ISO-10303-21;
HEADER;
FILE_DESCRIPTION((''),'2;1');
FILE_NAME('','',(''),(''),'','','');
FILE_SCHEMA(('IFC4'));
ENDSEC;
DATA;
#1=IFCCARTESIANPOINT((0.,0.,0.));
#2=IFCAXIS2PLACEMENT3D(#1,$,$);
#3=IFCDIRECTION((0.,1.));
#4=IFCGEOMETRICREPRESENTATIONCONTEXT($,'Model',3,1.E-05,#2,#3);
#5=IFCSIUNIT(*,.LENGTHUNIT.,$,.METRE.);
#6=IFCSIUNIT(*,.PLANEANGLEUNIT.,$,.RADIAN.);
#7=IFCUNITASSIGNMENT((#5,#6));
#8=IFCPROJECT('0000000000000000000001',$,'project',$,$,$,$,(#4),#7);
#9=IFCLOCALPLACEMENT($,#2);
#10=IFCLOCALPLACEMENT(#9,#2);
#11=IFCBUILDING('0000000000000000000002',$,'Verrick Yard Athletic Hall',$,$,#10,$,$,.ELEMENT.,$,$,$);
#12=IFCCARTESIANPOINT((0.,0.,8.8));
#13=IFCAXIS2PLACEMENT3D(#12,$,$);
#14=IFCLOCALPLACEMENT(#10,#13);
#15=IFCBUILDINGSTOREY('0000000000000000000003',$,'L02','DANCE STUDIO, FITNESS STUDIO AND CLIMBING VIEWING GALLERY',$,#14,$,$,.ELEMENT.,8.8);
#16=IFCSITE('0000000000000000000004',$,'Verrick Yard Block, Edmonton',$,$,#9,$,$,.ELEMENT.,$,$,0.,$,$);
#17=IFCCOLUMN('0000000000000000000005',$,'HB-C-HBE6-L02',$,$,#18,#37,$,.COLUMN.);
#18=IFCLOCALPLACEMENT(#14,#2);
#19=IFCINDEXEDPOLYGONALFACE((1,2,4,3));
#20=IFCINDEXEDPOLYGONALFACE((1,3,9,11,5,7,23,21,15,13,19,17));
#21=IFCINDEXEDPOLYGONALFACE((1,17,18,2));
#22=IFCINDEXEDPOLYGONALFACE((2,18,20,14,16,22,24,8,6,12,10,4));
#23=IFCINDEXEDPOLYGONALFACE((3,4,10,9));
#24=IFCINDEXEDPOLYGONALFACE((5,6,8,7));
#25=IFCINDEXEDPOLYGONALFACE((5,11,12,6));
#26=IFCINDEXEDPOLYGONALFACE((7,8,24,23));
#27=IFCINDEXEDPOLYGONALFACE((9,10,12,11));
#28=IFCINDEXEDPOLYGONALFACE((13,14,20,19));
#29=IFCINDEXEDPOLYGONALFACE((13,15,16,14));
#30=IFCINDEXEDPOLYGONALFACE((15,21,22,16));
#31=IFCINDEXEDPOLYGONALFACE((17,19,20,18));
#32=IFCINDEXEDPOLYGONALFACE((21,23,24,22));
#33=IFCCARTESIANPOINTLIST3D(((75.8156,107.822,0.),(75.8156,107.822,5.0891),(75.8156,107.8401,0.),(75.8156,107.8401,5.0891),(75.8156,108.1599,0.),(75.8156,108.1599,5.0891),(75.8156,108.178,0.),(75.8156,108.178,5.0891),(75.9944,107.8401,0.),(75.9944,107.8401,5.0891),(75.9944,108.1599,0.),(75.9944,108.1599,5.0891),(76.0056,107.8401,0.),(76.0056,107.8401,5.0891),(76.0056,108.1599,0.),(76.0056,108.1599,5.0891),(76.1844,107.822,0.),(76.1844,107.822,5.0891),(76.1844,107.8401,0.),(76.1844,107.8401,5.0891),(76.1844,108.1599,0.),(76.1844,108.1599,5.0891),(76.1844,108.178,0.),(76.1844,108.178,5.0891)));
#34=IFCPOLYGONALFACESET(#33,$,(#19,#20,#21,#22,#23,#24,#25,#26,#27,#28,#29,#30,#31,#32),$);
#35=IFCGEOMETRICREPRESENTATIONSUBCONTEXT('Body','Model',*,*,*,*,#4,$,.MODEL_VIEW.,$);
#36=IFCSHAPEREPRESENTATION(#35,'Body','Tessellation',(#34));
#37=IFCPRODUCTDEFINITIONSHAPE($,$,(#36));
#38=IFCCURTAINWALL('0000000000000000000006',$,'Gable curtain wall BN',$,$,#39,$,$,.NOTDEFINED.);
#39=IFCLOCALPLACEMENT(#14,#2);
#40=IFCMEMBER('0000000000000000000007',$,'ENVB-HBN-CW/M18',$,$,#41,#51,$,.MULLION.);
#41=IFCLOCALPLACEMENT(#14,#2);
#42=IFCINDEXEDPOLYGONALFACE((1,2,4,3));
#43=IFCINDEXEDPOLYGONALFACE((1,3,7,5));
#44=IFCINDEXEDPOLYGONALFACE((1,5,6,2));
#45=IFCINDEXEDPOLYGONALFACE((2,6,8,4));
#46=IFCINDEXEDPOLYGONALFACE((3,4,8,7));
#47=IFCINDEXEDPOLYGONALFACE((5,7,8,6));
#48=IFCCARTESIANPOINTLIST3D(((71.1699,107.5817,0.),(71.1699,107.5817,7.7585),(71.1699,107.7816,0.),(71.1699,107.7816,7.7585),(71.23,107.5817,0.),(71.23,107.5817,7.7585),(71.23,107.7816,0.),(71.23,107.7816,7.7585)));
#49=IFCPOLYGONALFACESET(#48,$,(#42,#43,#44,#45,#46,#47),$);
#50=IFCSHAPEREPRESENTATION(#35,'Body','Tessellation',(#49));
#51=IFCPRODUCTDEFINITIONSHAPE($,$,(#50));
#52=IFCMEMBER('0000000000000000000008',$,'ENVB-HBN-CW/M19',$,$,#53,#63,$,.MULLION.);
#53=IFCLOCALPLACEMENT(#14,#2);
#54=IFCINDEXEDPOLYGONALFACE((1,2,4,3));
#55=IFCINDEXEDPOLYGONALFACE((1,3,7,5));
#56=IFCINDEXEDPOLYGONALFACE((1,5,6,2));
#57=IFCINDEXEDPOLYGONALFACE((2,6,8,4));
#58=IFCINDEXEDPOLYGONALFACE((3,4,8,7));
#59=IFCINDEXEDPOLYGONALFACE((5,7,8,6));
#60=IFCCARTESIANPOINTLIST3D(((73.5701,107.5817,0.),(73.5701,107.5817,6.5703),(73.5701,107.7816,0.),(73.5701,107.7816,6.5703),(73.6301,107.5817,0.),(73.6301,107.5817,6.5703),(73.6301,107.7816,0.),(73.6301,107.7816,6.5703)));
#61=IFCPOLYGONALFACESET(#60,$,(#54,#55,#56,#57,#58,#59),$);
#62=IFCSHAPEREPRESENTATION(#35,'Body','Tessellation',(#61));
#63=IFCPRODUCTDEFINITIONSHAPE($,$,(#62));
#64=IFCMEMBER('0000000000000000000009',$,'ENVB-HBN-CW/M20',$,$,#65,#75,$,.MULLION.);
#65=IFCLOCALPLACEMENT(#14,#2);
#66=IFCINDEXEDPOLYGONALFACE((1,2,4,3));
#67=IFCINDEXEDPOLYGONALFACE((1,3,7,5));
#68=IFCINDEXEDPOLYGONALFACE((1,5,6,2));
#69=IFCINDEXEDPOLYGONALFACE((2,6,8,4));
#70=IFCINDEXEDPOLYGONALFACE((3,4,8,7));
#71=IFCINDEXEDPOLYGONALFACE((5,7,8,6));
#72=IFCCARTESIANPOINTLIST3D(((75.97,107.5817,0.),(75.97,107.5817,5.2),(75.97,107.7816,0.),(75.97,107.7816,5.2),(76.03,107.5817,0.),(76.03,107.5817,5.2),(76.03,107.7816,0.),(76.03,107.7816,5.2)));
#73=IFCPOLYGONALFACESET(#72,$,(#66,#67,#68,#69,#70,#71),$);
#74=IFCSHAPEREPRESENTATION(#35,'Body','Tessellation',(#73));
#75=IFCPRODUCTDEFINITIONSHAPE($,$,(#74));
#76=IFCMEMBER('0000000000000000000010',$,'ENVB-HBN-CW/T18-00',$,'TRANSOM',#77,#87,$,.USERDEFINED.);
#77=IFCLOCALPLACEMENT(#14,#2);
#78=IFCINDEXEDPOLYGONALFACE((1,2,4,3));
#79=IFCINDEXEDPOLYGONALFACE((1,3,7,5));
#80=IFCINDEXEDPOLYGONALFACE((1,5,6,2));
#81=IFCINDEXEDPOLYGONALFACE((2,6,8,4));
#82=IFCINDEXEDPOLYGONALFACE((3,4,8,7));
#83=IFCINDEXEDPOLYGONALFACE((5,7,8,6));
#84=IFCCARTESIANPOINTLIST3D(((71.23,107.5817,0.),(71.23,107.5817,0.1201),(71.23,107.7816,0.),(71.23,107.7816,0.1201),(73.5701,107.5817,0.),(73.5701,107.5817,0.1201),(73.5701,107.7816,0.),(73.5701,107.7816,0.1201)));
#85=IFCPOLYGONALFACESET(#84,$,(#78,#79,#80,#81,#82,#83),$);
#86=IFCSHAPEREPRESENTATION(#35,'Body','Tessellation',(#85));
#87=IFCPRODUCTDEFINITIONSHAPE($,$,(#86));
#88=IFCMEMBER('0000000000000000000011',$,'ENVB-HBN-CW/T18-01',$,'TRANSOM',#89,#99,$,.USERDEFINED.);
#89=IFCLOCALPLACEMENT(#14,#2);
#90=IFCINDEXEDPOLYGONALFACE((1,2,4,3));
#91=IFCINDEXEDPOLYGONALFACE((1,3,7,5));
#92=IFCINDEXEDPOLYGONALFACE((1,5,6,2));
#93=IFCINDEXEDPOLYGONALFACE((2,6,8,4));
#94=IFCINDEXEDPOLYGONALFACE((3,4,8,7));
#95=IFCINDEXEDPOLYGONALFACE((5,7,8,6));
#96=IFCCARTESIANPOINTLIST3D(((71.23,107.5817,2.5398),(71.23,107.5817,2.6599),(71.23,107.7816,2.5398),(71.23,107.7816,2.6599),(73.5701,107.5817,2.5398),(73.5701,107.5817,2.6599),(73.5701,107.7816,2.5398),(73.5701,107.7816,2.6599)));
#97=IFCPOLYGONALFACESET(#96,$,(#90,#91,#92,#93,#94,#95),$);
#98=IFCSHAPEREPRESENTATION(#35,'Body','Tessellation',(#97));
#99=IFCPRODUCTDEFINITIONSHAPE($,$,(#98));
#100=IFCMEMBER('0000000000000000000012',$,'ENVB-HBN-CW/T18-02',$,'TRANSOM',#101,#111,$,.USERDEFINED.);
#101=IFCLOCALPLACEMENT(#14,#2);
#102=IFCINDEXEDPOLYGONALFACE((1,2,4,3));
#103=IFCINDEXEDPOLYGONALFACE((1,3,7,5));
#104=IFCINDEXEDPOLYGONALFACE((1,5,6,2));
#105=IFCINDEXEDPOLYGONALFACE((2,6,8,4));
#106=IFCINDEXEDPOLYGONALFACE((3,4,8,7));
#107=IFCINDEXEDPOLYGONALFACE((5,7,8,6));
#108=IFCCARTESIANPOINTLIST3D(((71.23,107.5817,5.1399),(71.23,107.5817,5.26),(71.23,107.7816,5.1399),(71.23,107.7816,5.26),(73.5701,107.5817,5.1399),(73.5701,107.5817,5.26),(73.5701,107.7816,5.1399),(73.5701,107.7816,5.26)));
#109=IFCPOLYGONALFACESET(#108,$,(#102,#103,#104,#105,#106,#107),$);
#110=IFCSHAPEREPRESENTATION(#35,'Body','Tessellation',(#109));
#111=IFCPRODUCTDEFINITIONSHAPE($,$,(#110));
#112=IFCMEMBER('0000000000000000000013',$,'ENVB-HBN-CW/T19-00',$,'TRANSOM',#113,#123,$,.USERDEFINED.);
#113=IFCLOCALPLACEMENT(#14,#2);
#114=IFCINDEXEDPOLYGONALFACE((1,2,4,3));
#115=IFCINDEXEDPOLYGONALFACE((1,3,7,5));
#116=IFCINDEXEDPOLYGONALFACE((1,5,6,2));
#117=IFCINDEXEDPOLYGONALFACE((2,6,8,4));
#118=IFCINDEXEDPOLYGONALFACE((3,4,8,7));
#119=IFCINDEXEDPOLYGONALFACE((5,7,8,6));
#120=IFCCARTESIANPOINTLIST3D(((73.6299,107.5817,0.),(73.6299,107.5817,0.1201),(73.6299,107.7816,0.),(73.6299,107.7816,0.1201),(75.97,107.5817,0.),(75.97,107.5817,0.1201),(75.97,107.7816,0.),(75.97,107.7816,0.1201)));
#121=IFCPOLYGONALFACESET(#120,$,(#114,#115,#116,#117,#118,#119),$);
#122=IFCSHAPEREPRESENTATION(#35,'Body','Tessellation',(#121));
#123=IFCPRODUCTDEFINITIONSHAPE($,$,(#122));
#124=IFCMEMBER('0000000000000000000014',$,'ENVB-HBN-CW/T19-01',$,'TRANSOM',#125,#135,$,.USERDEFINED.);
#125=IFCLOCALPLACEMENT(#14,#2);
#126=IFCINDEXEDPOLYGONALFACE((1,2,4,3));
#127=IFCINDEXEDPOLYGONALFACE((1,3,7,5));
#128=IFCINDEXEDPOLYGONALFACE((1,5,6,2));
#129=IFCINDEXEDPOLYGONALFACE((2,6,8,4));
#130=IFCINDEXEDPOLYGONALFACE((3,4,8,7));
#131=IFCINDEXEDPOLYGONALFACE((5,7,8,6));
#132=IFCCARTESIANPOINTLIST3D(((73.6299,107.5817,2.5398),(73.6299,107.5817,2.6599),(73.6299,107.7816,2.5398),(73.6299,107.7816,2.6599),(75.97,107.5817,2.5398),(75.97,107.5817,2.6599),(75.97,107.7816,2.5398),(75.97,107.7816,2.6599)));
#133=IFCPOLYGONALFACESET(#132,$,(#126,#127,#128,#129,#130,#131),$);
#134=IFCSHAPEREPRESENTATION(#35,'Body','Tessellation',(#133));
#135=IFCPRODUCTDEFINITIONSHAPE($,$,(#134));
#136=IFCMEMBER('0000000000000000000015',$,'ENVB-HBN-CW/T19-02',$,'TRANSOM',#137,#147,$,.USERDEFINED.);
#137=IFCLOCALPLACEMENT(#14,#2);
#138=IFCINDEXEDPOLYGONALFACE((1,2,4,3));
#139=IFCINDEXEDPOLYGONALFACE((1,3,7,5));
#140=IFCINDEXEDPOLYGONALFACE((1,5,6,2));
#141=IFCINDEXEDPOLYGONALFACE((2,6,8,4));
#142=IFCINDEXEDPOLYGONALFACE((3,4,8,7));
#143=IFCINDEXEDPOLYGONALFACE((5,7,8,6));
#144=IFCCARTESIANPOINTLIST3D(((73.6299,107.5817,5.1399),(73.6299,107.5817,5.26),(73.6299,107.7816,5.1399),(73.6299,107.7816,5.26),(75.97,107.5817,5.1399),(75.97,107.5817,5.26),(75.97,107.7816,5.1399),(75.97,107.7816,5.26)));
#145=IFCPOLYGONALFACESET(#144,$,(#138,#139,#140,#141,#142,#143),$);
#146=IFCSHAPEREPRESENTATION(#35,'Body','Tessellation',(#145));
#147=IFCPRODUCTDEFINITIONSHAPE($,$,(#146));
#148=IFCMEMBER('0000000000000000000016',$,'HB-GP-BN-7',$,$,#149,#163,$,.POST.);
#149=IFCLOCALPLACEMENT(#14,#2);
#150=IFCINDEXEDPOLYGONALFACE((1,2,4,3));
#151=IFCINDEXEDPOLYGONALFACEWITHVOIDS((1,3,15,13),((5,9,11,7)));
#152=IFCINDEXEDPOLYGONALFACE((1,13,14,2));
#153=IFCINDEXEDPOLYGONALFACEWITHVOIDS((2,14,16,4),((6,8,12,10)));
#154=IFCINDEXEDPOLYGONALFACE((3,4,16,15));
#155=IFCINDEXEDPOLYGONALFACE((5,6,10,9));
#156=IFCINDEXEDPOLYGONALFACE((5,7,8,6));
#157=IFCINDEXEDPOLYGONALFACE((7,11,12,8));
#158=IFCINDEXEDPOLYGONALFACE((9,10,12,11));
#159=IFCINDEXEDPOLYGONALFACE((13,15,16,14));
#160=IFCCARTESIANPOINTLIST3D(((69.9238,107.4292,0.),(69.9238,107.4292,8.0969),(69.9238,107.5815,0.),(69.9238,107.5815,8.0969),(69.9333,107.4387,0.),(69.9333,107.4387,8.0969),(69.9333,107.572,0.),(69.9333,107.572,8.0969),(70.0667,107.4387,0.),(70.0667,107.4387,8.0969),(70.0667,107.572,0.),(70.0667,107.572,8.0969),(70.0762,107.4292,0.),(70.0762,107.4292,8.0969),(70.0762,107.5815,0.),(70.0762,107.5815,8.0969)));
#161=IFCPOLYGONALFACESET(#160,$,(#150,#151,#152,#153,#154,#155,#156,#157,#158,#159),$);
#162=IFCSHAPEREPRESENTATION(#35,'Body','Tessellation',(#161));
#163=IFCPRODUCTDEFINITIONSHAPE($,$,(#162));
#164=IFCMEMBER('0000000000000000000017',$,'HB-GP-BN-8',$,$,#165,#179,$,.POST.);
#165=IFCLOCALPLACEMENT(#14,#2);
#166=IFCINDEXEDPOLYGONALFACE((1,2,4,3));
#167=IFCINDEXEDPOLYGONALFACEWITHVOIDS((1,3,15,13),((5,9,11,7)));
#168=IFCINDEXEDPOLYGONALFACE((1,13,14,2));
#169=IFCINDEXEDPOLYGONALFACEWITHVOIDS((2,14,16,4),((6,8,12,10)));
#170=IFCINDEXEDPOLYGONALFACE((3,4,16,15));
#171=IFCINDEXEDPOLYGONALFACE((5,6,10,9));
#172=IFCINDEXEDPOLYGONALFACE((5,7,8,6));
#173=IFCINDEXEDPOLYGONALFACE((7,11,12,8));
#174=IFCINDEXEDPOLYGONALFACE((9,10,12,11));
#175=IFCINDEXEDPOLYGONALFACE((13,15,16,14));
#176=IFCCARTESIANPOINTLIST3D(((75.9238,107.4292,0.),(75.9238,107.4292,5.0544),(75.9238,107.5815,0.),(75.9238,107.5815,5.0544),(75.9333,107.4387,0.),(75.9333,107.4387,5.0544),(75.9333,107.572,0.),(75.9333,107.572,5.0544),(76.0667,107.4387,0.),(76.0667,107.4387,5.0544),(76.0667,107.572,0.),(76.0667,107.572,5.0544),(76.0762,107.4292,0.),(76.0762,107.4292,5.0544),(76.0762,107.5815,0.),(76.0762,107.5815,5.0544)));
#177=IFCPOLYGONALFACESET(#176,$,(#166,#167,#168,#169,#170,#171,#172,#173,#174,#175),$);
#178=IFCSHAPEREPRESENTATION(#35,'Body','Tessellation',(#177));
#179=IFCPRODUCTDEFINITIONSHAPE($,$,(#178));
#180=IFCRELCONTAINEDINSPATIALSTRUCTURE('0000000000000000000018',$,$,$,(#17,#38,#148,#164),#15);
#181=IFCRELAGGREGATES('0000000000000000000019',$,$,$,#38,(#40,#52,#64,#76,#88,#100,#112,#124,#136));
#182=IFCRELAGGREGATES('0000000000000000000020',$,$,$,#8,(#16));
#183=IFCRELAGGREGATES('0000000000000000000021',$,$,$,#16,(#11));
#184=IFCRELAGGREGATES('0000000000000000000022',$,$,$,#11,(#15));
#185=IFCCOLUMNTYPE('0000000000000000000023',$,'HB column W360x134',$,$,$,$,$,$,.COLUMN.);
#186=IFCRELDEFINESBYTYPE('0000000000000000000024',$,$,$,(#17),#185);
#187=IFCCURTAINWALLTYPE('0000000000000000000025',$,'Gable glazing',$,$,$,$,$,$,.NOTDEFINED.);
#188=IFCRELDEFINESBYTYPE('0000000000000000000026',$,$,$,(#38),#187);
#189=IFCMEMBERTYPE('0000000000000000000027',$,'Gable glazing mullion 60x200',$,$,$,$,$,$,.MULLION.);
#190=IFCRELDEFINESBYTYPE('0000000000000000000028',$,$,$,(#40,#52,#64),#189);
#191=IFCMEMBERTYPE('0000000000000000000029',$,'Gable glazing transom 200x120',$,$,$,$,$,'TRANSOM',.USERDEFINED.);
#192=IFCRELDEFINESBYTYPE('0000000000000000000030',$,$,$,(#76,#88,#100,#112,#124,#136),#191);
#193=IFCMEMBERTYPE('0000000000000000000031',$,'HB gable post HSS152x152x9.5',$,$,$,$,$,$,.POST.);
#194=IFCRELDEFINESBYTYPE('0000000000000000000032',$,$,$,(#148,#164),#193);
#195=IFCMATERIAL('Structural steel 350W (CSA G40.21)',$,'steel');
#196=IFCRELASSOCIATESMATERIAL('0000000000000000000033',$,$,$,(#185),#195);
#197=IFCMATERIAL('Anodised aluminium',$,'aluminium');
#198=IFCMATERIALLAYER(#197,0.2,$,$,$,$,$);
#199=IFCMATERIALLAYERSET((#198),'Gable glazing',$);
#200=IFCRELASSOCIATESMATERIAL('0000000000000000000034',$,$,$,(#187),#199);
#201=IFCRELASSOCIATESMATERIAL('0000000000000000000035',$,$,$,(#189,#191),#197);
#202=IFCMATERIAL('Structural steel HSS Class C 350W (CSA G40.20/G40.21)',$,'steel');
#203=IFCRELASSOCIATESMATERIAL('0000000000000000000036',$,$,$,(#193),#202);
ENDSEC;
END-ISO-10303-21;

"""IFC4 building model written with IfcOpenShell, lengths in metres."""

from ifc_helpers import new_model, si_unit, direction, frame, origin, origin_2d, place, context, subcontext, project, spatial, rectangle, hollow_rectangle, i_section, extrude, material, layer, layer_set, material_profile, profile_set, type_object, element, aggregate, save


model = new_model("IFC4")

# Units and contexts
model_context = context("Model", 3, precision=1e-05, world=origin(), true_north=direction((0.0, 1.0)))
body_context = subcontext(model_context, "Body", "Model", "MODEL_VIEW")
ifc_project = project(units=[si_unit("LENGTHUNIT", "METRE"), si_unit("PLANEANGLEUNIT", "RADIAN")], contexts=[model_context])

# Site, building, storey
site_placement = place(None, origin())
site = spatial("IfcSite", under=ifc_project, at=site_placement, Name="Verrick Yard Block, Edmonton", CompositionType="ELEMENT", RefElevation=0.0)
building_placement = place(site_placement, origin())
building = spatial("IfcBuilding", under=site, at=building_placement, Name="Verrick Yard Athletic Hall", CompositionType="ELEMENT")
storey_placement = place(building_placement, frame((0.0, 0.0, 8.8)))
storey = spatial("IfcBuildingStorey", under=building, at=storey_placement, Name="L02", Description="DANCE STUDIO, FITNESS STUDIO AND CLIMBING VIEWING GALLERY", CompositionType="ELEMENT", Elevation=8.8)

# Column
ifc_material_1 = material(Name="Structural steel 350W (CSA G40.21)", Category="steel")
ifc_material_profile_1 = material_profile(ifc_material_1, i_section(OverallWidth=0.3689, OverallDepth=0.356, WebThickness=0.0112, FlangeThickness=0.0181, at=origin_2d()), Name="W360x134")
ifc_profile_set_1 = profile_set([ifc_material_profile_1], Name="Structural steel 350W (CSA G40.21)")
column_type = type_object("IfcColumnType", Name="HB column W360x134", PredefinedType="COLUMN", material=ifc_profile_set_1)
column_placement = place(storey_placement, frame((76.0, 108.0, 0.0), z_axis=(0.0, 0.0, 1.0), x_axis=(1.0, 0.0, 0.0)))
element("IfcColumn", 1, at=column_placement, inside=storey, type_object=column_type, Name="HB-C-HBE6-L02", PredefinedType="COLUMN", context=body_context, shape_type="SweptSolid", body=[
    extrude(i_section(OverallWidth=0.3689, OverallDepth=0.356, WebThickness=0.0112, FlangeThickness=0.0181, at=origin_2d()), origin(), (0.0, 0.0, 1.0), 5.0891),
])

# Curtain wall, members
ifc_material_2 = material(Name="Anodised aluminium", Category="aluminium")
ifc_layer_1 = layer(ifc_material_2, 0.2)
ifc_layer_set_1 = layer_set([ifc_layer_1], Name="Gable glazing")
curtain_wall_type = type_object("IfcCurtainWallType", Name="Gable glazing", PredefinedType="NOTDEFINED", material=ifc_layer_set_1)
curtain_wall_placement = place(storey_placement, origin())
curtain_wall = element("IfcCurtainWall", 2, at=curtain_wall_placement, inside=storey, type_object=curtain_wall_type, Name="Gable curtain wall BN", PredefinedType="NOTDEFINED")
ifc_material_profile_2 = material_profile(ifc_material_2, rectangle(XDim=0.2, YDim=0.0601, at=origin_2d()), Name="CW gable mullion 60x200")
ifc_profile_set_2 = profile_set([ifc_material_profile_2], Name="Anodised aluminium")
member_type_1 = type_object("IfcMemberType", Name="Gable glazing mullion 60x200", PredefinedType="MULLION", material=ifc_profile_set_2)
member_1_placement = place(storey_placement, frame((71.2, 107.6816, 0.0), z_axis=(0.0, 0.0, 1.0), x_axis=(0.0, 1.0, 0.0)))
member_1 = element("IfcMember", 3, at=member_1_placement, type_object=member_type_1, Name="ENVB-HBN-CW/M18", PredefinedType="MULLION", context=body_context, shape_type="SweptSolid", body=[
    extrude(rectangle(XDim=0.2, YDim=0.0601, at=origin_2d()), origin(), (0.0, 0.0, 1.0), 7.7585),
])
member_2_placement = place(storey_placement, frame((73.6001, 107.6816, 0.0), z_axis=(0.0, 0.0, 1.0), x_axis=(0.0, 1.0, 0.0)))
member_2 = element("IfcMember", 4, at=member_2_placement, type_object=member_type_1, Name="ENVB-HBN-CW/M19", PredefinedType="MULLION", context=body_context, shape_type="SweptSolid", body=[
    extrude(rectangle(XDim=0.2, YDim=0.0601, at=origin_2d()), origin(), (0.0, 0.0, 1.0), 6.5703),
])
member_3_placement = place(storey_placement, frame((76.0, 107.6816, 0.0), z_axis=(0.0, 0.0, 1.0), x_axis=(0.0, 1.0, 0.0)))
member_3 = element("IfcMember", 5, at=member_3_placement, type_object=member_type_1, Name="ENVB-HBN-CW/M20", PredefinedType="MULLION", context=body_context, shape_type="SweptSolid", body=[
    extrude(rectangle(XDim=0.2, YDim=0.0601, at=origin_2d()), origin(), (0.0, 0.0, 1.0), 5.2),
])
ifc_material_profile_3 = material_profile(ifc_material_2, rectangle(XDim=0.2, YDim=0.1201, at=origin_2d()), Name="CW gable transom 200x120")
ifc_profile_set_3 = profile_set([ifc_material_profile_3], Name="Anodised aluminium")
member_type_2 = type_object("IfcMemberType", Name="Gable glazing transom 200x120", ElementType="TRANSOM", PredefinedType="USERDEFINED", material=ifc_profile_set_3)
member_4_placement = place(storey_placement, frame((71.23, 107.6816, 0.0601), z_axis=(1.0, 0.0, 0.0), x_axis=(0.0, 1.0, 0.0)))
member_4 = element("IfcMember", 6, at=member_4_placement, type_object=member_type_2, Name="ENVB-HBN-CW/T18-00", ObjectType="TRANSOM", PredefinedType="USERDEFINED", context=body_context, shape_type="SweptSolid", body=[
    extrude(rectangle(XDim=0.2, YDim=0.1201, at=origin_2d()), origin(), (0.0, 0.0, 1.0), 2.3401),
])
member_5_placement = place(storey_placement, frame((71.23, 107.6816, 2.5999), z_axis=(1.0, 0.0, 0.0), x_axis=(0.0, 1.0, 0.0)))
member_5 = element("IfcMember", 7, at=member_5_placement, type_object=member_type_2, Name="ENVB-HBN-CW/T18-01", ObjectType="TRANSOM", PredefinedType="USERDEFINED", context=body_context, shape_type="SweptSolid", body=[
    extrude(rectangle(XDim=0.2, YDim=0.1201, at=origin_2d()), origin(), (0.0, 0.0, 1.0), 2.3401),
])
member_6_placement = place(storey_placement, frame((71.23, 107.6816, 5.2), z_axis=(1.0, 0.0, 0.0), x_axis=(0.0, 1.0, 0.0)))
member_6 = element("IfcMember", 8, at=member_6_placement, type_object=member_type_2, Name="ENVB-HBN-CW/T18-02", ObjectType="TRANSOM", PredefinedType="USERDEFINED", context=body_context, shape_type="SweptSolid", body=[
    extrude(rectangle(XDim=0.2, YDim=0.1201, at=origin_2d()), origin(), (0.0, 0.0, 1.0), 2.3401),
])
member_7_placement = place(storey_placement, frame((73.6299, 107.6816, 0.0601), z_axis=(1.0, 0.0, 0.0), x_axis=(0.0, 1.0, 0.0)))
member_7 = element("IfcMember", 9, at=member_7_placement, type_object=member_type_2, Name="ENVB-HBN-CW/T19-00", ObjectType="TRANSOM", PredefinedType="USERDEFINED", context=body_context, shape_type="SweptSolid", body=[
    extrude(rectangle(XDim=0.2, YDim=0.1201, at=origin_2d()), origin(), (0.0, 0.0, 1.0), 2.3401),
])
member_8_placement = place(storey_placement, frame((73.6299, 107.6816, 2.5999), z_axis=(1.0, 0.0, 0.0), x_axis=(0.0, 1.0, 0.0)))
member_8 = element("IfcMember", 10, at=member_8_placement, type_object=member_type_2, Name="ENVB-HBN-CW/T19-01", ObjectType="TRANSOM", PredefinedType="USERDEFINED", context=body_context, shape_type="SweptSolid", body=[
    extrude(rectangle(XDim=0.2, YDim=0.1201, at=origin_2d()), origin(), (0.0, 0.0, 1.0), 2.3401),
])
member_9_placement = place(storey_placement, frame((73.6299, 107.6816, 5.2), z_axis=(1.0, 0.0, 0.0), x_axis=(0.0, 1.0, 0.0)))
member_9 = element("IfcMember", 11, at=member_9_placement, type_object=member_type_2, Name="ENVB-HBN-CW/T19-02", ObjectType="TRANSOM", PredefinedType="USERDEFINED", context=body_context, shape_type="SweptSolid", body=[
    extrude(rectangle(XDim=0.2, YDim=0.1201, at=origin_2d()), origin(), (0.0, 0.0, 1.0), 2.3401),
])

# Members
ifc_material_3 = material(Name="Structural steel HSS Class C 350W (CSA G40.20/G40.21)", Category="steel")
ifc_material_profile_4 = material_profile(ifc_material_3, hollow_rectangle(XDim=0.1523, YDim=0.1523, WallThickness=0.0095, at=origin_2d()), Name="HSS152x152x9.5")
ifc_profile_set_4 = profile_set([ifc_material_profile_4], Name="Structural steel HSS Class C 350W (CSA G40.20/G40.21)")
member_type_3 = type_object("IfcMemberType", Name="HB gable post HSS152x152x9.5", PredefinedType="POST", material=ifc_profile_set_4)
member_10_placement = place(storey_placement, frame((70.0, 107.5054, 0.0), z_axis=(0.0, 0.0, 1.0), x_axis=(1.0, 0.0, 0.0)))
element("IfcMember", 12, at=member_10_placement, inside=storey, type_object=member_type_3, Name="HB-GP-BN-7", PredefinedType="POST", context=body_context, shape_type="SweptSolid", body=[
    extrude(hollow_rectangle(XDim=0.1523, YDim=0.1523, WallThickness=0.0095, at=origin_2d()), origin(), (0.0, 0.0, 1.0), 8.0969),
])
member_11_placement = place(storey_placement, frame((76.0, 107.5054, 0.0), z_axis=(0.0, 0.0, 1.0), x_axis=(1.0, 0.0, 0.0)))
element("IfcMember", 13, at=member_11_placement, inside=storey, type_object=member_type_3, Name="HB-GP-BN-8", PredefinedType="POST", context=body_context, shape_type="SweptSolid", body=[
    extrude(hollow_rectangle(XDim=0.1523, YDim=0.1523, WallThickness=0.0095, at=origin_2d()), origin(), (0.0, 0.0, 1.0), 5.0544),
])

aggregate(curtain_wall, [member_1, member_2, member_3, member_4, member_5, member_6, member_7, member_8, member_9])

save(model, "model.ifc")
